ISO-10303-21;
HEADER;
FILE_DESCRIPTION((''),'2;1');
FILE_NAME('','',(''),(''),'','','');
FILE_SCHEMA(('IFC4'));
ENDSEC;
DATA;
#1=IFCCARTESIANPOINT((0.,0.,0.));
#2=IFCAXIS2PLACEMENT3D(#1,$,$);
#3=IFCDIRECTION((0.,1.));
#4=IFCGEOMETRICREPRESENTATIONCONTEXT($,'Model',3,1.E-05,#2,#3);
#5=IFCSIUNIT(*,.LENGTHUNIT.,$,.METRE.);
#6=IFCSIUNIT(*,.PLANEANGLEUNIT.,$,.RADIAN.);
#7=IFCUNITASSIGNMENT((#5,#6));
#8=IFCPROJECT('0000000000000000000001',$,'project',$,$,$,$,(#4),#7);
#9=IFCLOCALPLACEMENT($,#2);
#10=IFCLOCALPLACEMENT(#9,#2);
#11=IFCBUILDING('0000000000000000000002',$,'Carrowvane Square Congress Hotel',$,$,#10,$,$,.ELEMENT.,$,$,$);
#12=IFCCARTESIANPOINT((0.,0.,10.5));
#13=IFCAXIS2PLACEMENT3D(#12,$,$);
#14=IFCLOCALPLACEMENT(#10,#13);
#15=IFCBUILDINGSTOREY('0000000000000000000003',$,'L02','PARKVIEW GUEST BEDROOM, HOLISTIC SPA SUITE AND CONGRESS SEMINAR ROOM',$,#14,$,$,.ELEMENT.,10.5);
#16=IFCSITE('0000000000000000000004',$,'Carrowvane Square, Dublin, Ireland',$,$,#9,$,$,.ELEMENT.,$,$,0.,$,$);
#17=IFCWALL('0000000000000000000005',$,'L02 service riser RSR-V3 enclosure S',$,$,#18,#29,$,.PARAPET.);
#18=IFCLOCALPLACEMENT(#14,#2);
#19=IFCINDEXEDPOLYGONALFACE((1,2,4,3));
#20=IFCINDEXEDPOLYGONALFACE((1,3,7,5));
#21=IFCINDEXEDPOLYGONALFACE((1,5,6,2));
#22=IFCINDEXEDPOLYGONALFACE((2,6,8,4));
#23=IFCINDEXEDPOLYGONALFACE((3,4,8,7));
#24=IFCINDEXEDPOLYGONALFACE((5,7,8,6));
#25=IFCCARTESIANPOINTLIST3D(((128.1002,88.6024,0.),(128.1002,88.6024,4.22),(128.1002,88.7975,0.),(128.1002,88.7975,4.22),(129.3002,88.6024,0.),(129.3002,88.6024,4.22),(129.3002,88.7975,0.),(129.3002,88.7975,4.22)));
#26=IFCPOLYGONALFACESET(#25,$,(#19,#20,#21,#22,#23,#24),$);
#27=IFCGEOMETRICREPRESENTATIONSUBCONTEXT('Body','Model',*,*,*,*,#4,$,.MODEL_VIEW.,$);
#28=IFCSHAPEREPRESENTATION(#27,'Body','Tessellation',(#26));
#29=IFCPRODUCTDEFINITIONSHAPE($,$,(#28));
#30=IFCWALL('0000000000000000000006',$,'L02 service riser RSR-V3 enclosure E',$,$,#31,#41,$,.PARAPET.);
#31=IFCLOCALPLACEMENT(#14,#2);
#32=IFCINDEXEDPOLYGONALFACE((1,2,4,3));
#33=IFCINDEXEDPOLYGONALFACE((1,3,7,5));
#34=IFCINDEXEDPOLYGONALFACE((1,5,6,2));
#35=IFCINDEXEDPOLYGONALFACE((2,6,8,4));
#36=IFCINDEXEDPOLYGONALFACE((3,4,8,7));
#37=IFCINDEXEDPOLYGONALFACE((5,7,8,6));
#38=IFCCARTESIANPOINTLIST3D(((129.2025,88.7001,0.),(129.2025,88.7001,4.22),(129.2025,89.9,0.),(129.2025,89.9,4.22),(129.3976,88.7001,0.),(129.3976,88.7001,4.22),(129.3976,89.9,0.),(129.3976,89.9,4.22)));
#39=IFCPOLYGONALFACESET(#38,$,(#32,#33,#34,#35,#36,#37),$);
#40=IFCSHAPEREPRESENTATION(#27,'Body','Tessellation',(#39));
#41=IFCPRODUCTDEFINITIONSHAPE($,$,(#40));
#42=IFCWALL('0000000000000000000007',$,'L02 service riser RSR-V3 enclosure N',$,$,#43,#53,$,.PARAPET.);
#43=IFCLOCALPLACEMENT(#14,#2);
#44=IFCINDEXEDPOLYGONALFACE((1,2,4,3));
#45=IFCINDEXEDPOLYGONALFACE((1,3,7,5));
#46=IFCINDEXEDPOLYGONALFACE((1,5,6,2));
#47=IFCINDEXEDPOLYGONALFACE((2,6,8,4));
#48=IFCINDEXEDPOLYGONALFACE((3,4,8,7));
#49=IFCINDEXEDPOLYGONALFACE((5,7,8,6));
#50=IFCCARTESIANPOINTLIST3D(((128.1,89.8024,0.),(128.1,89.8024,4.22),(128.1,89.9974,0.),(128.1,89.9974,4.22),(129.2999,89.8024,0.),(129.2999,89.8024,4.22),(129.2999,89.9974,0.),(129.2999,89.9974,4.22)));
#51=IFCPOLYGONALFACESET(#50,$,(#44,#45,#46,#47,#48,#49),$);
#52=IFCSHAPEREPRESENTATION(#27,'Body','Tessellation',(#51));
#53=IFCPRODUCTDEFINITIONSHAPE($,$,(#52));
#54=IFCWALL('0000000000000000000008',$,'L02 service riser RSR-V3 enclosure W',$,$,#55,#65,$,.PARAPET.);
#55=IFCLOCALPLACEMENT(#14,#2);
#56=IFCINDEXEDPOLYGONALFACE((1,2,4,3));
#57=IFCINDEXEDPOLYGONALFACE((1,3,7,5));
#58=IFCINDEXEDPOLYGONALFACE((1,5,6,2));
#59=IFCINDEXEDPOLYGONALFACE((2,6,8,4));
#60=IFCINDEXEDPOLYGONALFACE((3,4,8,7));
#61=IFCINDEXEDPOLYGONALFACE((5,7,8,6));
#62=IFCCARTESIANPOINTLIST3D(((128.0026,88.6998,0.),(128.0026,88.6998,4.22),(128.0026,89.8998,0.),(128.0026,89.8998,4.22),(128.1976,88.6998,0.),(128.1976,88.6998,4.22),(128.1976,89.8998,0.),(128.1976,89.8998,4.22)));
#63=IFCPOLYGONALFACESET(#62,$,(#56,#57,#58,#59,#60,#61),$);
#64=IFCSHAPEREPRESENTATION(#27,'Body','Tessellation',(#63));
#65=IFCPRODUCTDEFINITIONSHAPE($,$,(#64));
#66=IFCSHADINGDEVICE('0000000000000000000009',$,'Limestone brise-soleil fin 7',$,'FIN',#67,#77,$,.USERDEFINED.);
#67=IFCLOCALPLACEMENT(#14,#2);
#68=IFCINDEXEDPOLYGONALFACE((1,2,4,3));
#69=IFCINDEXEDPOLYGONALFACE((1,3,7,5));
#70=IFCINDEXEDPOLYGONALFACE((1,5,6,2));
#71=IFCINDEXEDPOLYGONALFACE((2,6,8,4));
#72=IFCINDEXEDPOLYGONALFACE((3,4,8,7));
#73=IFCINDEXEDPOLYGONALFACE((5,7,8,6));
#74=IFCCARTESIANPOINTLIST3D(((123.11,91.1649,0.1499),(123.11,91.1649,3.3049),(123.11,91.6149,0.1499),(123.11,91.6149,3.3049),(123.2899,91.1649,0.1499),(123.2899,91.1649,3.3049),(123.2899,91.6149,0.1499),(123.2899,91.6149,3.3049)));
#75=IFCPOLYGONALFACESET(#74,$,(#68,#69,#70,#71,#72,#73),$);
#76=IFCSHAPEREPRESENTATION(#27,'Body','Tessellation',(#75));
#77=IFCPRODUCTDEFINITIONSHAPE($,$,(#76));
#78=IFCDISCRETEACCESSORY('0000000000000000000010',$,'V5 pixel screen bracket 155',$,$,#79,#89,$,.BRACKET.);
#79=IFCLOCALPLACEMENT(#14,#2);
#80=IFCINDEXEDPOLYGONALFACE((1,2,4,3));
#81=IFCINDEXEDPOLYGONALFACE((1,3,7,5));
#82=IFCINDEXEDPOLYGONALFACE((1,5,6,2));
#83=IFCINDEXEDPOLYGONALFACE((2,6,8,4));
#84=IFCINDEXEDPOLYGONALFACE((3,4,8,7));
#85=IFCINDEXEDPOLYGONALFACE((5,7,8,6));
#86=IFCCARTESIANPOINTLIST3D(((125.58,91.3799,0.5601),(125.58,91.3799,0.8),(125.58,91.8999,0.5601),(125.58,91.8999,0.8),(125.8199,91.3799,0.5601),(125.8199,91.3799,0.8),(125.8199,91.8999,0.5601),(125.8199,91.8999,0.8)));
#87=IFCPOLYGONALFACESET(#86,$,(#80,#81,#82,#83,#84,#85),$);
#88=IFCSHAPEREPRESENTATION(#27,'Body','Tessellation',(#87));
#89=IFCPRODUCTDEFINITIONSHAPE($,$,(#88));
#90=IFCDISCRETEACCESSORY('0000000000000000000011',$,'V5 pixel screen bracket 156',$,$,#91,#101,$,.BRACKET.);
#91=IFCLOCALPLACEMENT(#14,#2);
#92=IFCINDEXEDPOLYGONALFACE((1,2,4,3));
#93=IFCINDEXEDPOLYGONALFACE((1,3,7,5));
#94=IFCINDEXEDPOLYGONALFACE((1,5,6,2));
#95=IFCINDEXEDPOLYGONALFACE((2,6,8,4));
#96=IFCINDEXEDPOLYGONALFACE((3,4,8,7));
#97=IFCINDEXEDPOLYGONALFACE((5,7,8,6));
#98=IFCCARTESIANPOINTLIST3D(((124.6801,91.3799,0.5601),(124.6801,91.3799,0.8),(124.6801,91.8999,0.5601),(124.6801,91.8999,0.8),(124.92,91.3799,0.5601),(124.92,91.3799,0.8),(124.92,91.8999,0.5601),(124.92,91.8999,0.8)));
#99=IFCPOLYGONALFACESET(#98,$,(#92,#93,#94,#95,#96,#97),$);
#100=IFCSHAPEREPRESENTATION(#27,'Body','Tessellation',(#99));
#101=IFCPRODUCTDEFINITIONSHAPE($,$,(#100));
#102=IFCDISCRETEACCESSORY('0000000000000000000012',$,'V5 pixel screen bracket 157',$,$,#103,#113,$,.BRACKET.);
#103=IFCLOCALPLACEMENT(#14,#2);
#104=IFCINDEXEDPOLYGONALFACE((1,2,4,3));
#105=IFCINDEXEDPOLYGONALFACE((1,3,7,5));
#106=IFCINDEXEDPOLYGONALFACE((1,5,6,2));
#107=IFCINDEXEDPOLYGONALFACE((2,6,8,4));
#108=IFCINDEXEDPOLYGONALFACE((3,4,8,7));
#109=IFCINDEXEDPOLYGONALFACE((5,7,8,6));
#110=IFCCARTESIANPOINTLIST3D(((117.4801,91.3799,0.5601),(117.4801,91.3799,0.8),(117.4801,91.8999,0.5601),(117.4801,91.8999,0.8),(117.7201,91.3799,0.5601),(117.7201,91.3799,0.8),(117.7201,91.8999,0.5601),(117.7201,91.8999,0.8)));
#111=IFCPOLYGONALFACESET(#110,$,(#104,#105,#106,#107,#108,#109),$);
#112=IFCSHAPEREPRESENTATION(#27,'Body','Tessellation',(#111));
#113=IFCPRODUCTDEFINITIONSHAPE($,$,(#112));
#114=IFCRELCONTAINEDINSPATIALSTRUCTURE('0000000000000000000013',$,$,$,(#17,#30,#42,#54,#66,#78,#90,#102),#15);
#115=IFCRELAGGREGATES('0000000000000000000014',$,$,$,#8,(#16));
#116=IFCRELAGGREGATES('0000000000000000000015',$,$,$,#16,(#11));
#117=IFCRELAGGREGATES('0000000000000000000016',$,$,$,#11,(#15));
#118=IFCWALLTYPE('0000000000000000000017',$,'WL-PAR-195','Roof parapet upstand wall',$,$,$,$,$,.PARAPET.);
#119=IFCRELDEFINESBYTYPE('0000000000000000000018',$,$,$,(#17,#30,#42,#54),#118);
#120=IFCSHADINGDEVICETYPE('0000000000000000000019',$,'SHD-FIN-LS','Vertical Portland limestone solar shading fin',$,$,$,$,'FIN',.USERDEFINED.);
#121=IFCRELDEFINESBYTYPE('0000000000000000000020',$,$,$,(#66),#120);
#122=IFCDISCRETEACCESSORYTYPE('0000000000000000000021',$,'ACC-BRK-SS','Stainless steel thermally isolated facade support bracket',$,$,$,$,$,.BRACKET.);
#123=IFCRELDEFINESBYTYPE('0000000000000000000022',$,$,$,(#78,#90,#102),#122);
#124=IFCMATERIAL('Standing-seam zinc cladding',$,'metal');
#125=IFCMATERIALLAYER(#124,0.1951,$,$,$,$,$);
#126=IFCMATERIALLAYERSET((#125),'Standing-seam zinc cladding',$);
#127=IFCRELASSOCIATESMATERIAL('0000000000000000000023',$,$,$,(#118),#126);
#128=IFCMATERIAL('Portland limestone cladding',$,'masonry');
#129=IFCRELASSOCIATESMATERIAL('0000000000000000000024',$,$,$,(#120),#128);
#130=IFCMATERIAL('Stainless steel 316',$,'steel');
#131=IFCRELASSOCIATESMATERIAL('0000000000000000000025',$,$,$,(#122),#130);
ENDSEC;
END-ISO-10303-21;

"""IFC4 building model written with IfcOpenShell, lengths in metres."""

from ifc_helpers import new_model, si_unit, direction, frame, frame_2d, origin, origin_2d, place, context, subcontext, project, spatial, rectangle, extrude, material, layer, layer_set, type_object, element, save


model = new_model("IFC4")

# Units and contexts
model_context = context("Model", 3, precision=1e-05, world=origin(), true_north=direction((0.0, 1.0)))
body_context = subcontext(model_context, "Body", "Model", "MODEL_VIEW")
ifc_project = project(units=[si_unit("LENGTHUNIT", "METRE"), si_unit("PLANEANGLEUNIT", "RADIAN")], contexts=[model_context])

# Site, building, storey
site_placement = place(None, origin())
site = spatial("IfcSite", under=ifc_project, at=site_placement, Name="Carrowvane Square, Dublin, Ireland", CompositionType="ELEMENT", RefElevation=0.0)
building_placement = place(site_placement, origin())
building = spatial("IfcBuilding", under=site, at=building_placement, Name="Carrowvane Square Congress Hotel", CompositionType="ELEMENT")
storey_placement = place(building_placement, frame((0.0, 0.0, 10.5)))
storey = spatial("IfcBuildingStorey", under=building, at=storey_placement, Name="L02", Description="PARKVIEW GUEST BEDROOM, HOLISTIC SPA SUITE AND CONGRESS SEMINAR ROOM", CompositionType="ELEMENT", Elevation=10.5)

# Walls
ifc_material_1 = material(Name="Standing-seam zinc cladding", Category="metal")
ifc_layer_1 = layer(ifc_material_1, 0.1951)
ifc_layer_set_1 = layer_set([ifc_layer_1], Name="Standing-seam zinc cladding")
wall_type_1 = type_object("IfcWallType", Name="WL-PAR-195", Description="Roof parapet upstand wall", PredefinedType="PARAPET", material=ifc_layer_set_1)
for number, where, z_axis, x_axis, name in (
    (1, (128.1001, 88.7, 0.0), (0.0, 0.0, 1.0), (1.0, 0.0, 0.0), "L02 service riser RSR-V3 enclosure S"),
    (2, (129.3, 88.7, 0.0), (0.0, 0.0, 1.0), (0.0, 1.0, 0.0), "L02 service riser RSR-V3 enclosure E"),
    (3, (129.3, 89.8999, 0.0), (0.0, 0.0, 1.0), (-1.0, 0.0, 0.0), "L02 service riser RSR-V3 enclosure N"),
    (4, (128.1001, 89.8999, 0.0), (0.0, 0.0, 1.0), (0.0, -1.0, 0.0), "L02 service riser RSR-V3 enclosure W"),
):
    element("IfcWall", number, at=place(storey_placement, frame(where, z_axis=z_axis, x_axis=x_axis)), inside=storey, type_object=wall_type_1, Name=name, PredefinedType="PARAPET", context=body_context, shape_type="SweptSolid", body=[
        extrude(rectangle(XDim=1.2, YDim=0.1951, at=frame_2d((0.6001, 0.0))), origin(), (0.0, 0.0, 1.0), 4.22),
    ])

# Shading device
ifc_material_2 = material(Name="Portland limestone cladding", Category="masonry")
shading_device_type = type_object("IfcShadingDeviceType", Name="SHD-FIN-LS", Description="Vertical Portland limestone solar shading fin", ElementType="FIN", PredefinedType="USERDEFINED", material=ifc_material_2)
shading_device_placement = place(storey_placement, frame((123.2, 91.3899, 0.1499), z_axis=(0.0, 0.0, 1.0), x_axis=(-1.0, 0.0, 0.0)))
element("IfcShadingDevice", 5, at=shading_device_placement, inside=storey, type_object=shading_device_type, Name="Limestone brise-soleil fin 7", ObjectType="FIN", PredefinedType="USERDEFINED", context=body_context, shape_type="SweptSolid", body=[
    extrude(rectangle(XDim=0.1799, YDim=0.45, at=origin_2d()), origin(), (0.0, 0.0, 1.0), 3.155),
])

# Discrete accessories
ifc_material_3 = material(Name="Stainless steel 316", Category="steel")
discrete_accessory_type = type_object("IfcDiscreteAccessoryType", Name="ACC-BRK-SS", Description="Stainless steel thermally isolated facade support bracket", PredefinedType="BRACKET", material=ifc_material_3)
for number, where, z_axis, x_axis, name in (
    (6, (125.7, 91.6399, 0.5601), (0.0, 0.0, 1.0), (-1.0, 0.0, 0.0), "V5 pixel screen bracket 155"),
    (7, (124.8, 91.6399, 0.5601), (0.0, 0.0, 1.0), (-1.0, 0.0, 0.0), "V5 pixel screen bracket 156"),
    (8, (117.6001, 91.6399, 0.5601), (0.0, 0.0, 1.0), (-1.0, 0.0, 0.0), "V5 pixel screen bracket 157"),
):
    element("IfcDiscreteAccessory", number, at=place(storey_placement, frame(where, z_axis=z_axis, x_axis=x_axis)), inside=storey, type_object=discrete_accessory_type, Name=name, PredefinedType="BRACKET", context=body_context, shape_type="SweptSolid", body=[
        extrude(rectangle(XDim=0.24, YDim=0.52, at=origin_2d()), origin(), (0.0, 0.0, 1.0), 0.24),
    ])

save(model, "model.ifc")
